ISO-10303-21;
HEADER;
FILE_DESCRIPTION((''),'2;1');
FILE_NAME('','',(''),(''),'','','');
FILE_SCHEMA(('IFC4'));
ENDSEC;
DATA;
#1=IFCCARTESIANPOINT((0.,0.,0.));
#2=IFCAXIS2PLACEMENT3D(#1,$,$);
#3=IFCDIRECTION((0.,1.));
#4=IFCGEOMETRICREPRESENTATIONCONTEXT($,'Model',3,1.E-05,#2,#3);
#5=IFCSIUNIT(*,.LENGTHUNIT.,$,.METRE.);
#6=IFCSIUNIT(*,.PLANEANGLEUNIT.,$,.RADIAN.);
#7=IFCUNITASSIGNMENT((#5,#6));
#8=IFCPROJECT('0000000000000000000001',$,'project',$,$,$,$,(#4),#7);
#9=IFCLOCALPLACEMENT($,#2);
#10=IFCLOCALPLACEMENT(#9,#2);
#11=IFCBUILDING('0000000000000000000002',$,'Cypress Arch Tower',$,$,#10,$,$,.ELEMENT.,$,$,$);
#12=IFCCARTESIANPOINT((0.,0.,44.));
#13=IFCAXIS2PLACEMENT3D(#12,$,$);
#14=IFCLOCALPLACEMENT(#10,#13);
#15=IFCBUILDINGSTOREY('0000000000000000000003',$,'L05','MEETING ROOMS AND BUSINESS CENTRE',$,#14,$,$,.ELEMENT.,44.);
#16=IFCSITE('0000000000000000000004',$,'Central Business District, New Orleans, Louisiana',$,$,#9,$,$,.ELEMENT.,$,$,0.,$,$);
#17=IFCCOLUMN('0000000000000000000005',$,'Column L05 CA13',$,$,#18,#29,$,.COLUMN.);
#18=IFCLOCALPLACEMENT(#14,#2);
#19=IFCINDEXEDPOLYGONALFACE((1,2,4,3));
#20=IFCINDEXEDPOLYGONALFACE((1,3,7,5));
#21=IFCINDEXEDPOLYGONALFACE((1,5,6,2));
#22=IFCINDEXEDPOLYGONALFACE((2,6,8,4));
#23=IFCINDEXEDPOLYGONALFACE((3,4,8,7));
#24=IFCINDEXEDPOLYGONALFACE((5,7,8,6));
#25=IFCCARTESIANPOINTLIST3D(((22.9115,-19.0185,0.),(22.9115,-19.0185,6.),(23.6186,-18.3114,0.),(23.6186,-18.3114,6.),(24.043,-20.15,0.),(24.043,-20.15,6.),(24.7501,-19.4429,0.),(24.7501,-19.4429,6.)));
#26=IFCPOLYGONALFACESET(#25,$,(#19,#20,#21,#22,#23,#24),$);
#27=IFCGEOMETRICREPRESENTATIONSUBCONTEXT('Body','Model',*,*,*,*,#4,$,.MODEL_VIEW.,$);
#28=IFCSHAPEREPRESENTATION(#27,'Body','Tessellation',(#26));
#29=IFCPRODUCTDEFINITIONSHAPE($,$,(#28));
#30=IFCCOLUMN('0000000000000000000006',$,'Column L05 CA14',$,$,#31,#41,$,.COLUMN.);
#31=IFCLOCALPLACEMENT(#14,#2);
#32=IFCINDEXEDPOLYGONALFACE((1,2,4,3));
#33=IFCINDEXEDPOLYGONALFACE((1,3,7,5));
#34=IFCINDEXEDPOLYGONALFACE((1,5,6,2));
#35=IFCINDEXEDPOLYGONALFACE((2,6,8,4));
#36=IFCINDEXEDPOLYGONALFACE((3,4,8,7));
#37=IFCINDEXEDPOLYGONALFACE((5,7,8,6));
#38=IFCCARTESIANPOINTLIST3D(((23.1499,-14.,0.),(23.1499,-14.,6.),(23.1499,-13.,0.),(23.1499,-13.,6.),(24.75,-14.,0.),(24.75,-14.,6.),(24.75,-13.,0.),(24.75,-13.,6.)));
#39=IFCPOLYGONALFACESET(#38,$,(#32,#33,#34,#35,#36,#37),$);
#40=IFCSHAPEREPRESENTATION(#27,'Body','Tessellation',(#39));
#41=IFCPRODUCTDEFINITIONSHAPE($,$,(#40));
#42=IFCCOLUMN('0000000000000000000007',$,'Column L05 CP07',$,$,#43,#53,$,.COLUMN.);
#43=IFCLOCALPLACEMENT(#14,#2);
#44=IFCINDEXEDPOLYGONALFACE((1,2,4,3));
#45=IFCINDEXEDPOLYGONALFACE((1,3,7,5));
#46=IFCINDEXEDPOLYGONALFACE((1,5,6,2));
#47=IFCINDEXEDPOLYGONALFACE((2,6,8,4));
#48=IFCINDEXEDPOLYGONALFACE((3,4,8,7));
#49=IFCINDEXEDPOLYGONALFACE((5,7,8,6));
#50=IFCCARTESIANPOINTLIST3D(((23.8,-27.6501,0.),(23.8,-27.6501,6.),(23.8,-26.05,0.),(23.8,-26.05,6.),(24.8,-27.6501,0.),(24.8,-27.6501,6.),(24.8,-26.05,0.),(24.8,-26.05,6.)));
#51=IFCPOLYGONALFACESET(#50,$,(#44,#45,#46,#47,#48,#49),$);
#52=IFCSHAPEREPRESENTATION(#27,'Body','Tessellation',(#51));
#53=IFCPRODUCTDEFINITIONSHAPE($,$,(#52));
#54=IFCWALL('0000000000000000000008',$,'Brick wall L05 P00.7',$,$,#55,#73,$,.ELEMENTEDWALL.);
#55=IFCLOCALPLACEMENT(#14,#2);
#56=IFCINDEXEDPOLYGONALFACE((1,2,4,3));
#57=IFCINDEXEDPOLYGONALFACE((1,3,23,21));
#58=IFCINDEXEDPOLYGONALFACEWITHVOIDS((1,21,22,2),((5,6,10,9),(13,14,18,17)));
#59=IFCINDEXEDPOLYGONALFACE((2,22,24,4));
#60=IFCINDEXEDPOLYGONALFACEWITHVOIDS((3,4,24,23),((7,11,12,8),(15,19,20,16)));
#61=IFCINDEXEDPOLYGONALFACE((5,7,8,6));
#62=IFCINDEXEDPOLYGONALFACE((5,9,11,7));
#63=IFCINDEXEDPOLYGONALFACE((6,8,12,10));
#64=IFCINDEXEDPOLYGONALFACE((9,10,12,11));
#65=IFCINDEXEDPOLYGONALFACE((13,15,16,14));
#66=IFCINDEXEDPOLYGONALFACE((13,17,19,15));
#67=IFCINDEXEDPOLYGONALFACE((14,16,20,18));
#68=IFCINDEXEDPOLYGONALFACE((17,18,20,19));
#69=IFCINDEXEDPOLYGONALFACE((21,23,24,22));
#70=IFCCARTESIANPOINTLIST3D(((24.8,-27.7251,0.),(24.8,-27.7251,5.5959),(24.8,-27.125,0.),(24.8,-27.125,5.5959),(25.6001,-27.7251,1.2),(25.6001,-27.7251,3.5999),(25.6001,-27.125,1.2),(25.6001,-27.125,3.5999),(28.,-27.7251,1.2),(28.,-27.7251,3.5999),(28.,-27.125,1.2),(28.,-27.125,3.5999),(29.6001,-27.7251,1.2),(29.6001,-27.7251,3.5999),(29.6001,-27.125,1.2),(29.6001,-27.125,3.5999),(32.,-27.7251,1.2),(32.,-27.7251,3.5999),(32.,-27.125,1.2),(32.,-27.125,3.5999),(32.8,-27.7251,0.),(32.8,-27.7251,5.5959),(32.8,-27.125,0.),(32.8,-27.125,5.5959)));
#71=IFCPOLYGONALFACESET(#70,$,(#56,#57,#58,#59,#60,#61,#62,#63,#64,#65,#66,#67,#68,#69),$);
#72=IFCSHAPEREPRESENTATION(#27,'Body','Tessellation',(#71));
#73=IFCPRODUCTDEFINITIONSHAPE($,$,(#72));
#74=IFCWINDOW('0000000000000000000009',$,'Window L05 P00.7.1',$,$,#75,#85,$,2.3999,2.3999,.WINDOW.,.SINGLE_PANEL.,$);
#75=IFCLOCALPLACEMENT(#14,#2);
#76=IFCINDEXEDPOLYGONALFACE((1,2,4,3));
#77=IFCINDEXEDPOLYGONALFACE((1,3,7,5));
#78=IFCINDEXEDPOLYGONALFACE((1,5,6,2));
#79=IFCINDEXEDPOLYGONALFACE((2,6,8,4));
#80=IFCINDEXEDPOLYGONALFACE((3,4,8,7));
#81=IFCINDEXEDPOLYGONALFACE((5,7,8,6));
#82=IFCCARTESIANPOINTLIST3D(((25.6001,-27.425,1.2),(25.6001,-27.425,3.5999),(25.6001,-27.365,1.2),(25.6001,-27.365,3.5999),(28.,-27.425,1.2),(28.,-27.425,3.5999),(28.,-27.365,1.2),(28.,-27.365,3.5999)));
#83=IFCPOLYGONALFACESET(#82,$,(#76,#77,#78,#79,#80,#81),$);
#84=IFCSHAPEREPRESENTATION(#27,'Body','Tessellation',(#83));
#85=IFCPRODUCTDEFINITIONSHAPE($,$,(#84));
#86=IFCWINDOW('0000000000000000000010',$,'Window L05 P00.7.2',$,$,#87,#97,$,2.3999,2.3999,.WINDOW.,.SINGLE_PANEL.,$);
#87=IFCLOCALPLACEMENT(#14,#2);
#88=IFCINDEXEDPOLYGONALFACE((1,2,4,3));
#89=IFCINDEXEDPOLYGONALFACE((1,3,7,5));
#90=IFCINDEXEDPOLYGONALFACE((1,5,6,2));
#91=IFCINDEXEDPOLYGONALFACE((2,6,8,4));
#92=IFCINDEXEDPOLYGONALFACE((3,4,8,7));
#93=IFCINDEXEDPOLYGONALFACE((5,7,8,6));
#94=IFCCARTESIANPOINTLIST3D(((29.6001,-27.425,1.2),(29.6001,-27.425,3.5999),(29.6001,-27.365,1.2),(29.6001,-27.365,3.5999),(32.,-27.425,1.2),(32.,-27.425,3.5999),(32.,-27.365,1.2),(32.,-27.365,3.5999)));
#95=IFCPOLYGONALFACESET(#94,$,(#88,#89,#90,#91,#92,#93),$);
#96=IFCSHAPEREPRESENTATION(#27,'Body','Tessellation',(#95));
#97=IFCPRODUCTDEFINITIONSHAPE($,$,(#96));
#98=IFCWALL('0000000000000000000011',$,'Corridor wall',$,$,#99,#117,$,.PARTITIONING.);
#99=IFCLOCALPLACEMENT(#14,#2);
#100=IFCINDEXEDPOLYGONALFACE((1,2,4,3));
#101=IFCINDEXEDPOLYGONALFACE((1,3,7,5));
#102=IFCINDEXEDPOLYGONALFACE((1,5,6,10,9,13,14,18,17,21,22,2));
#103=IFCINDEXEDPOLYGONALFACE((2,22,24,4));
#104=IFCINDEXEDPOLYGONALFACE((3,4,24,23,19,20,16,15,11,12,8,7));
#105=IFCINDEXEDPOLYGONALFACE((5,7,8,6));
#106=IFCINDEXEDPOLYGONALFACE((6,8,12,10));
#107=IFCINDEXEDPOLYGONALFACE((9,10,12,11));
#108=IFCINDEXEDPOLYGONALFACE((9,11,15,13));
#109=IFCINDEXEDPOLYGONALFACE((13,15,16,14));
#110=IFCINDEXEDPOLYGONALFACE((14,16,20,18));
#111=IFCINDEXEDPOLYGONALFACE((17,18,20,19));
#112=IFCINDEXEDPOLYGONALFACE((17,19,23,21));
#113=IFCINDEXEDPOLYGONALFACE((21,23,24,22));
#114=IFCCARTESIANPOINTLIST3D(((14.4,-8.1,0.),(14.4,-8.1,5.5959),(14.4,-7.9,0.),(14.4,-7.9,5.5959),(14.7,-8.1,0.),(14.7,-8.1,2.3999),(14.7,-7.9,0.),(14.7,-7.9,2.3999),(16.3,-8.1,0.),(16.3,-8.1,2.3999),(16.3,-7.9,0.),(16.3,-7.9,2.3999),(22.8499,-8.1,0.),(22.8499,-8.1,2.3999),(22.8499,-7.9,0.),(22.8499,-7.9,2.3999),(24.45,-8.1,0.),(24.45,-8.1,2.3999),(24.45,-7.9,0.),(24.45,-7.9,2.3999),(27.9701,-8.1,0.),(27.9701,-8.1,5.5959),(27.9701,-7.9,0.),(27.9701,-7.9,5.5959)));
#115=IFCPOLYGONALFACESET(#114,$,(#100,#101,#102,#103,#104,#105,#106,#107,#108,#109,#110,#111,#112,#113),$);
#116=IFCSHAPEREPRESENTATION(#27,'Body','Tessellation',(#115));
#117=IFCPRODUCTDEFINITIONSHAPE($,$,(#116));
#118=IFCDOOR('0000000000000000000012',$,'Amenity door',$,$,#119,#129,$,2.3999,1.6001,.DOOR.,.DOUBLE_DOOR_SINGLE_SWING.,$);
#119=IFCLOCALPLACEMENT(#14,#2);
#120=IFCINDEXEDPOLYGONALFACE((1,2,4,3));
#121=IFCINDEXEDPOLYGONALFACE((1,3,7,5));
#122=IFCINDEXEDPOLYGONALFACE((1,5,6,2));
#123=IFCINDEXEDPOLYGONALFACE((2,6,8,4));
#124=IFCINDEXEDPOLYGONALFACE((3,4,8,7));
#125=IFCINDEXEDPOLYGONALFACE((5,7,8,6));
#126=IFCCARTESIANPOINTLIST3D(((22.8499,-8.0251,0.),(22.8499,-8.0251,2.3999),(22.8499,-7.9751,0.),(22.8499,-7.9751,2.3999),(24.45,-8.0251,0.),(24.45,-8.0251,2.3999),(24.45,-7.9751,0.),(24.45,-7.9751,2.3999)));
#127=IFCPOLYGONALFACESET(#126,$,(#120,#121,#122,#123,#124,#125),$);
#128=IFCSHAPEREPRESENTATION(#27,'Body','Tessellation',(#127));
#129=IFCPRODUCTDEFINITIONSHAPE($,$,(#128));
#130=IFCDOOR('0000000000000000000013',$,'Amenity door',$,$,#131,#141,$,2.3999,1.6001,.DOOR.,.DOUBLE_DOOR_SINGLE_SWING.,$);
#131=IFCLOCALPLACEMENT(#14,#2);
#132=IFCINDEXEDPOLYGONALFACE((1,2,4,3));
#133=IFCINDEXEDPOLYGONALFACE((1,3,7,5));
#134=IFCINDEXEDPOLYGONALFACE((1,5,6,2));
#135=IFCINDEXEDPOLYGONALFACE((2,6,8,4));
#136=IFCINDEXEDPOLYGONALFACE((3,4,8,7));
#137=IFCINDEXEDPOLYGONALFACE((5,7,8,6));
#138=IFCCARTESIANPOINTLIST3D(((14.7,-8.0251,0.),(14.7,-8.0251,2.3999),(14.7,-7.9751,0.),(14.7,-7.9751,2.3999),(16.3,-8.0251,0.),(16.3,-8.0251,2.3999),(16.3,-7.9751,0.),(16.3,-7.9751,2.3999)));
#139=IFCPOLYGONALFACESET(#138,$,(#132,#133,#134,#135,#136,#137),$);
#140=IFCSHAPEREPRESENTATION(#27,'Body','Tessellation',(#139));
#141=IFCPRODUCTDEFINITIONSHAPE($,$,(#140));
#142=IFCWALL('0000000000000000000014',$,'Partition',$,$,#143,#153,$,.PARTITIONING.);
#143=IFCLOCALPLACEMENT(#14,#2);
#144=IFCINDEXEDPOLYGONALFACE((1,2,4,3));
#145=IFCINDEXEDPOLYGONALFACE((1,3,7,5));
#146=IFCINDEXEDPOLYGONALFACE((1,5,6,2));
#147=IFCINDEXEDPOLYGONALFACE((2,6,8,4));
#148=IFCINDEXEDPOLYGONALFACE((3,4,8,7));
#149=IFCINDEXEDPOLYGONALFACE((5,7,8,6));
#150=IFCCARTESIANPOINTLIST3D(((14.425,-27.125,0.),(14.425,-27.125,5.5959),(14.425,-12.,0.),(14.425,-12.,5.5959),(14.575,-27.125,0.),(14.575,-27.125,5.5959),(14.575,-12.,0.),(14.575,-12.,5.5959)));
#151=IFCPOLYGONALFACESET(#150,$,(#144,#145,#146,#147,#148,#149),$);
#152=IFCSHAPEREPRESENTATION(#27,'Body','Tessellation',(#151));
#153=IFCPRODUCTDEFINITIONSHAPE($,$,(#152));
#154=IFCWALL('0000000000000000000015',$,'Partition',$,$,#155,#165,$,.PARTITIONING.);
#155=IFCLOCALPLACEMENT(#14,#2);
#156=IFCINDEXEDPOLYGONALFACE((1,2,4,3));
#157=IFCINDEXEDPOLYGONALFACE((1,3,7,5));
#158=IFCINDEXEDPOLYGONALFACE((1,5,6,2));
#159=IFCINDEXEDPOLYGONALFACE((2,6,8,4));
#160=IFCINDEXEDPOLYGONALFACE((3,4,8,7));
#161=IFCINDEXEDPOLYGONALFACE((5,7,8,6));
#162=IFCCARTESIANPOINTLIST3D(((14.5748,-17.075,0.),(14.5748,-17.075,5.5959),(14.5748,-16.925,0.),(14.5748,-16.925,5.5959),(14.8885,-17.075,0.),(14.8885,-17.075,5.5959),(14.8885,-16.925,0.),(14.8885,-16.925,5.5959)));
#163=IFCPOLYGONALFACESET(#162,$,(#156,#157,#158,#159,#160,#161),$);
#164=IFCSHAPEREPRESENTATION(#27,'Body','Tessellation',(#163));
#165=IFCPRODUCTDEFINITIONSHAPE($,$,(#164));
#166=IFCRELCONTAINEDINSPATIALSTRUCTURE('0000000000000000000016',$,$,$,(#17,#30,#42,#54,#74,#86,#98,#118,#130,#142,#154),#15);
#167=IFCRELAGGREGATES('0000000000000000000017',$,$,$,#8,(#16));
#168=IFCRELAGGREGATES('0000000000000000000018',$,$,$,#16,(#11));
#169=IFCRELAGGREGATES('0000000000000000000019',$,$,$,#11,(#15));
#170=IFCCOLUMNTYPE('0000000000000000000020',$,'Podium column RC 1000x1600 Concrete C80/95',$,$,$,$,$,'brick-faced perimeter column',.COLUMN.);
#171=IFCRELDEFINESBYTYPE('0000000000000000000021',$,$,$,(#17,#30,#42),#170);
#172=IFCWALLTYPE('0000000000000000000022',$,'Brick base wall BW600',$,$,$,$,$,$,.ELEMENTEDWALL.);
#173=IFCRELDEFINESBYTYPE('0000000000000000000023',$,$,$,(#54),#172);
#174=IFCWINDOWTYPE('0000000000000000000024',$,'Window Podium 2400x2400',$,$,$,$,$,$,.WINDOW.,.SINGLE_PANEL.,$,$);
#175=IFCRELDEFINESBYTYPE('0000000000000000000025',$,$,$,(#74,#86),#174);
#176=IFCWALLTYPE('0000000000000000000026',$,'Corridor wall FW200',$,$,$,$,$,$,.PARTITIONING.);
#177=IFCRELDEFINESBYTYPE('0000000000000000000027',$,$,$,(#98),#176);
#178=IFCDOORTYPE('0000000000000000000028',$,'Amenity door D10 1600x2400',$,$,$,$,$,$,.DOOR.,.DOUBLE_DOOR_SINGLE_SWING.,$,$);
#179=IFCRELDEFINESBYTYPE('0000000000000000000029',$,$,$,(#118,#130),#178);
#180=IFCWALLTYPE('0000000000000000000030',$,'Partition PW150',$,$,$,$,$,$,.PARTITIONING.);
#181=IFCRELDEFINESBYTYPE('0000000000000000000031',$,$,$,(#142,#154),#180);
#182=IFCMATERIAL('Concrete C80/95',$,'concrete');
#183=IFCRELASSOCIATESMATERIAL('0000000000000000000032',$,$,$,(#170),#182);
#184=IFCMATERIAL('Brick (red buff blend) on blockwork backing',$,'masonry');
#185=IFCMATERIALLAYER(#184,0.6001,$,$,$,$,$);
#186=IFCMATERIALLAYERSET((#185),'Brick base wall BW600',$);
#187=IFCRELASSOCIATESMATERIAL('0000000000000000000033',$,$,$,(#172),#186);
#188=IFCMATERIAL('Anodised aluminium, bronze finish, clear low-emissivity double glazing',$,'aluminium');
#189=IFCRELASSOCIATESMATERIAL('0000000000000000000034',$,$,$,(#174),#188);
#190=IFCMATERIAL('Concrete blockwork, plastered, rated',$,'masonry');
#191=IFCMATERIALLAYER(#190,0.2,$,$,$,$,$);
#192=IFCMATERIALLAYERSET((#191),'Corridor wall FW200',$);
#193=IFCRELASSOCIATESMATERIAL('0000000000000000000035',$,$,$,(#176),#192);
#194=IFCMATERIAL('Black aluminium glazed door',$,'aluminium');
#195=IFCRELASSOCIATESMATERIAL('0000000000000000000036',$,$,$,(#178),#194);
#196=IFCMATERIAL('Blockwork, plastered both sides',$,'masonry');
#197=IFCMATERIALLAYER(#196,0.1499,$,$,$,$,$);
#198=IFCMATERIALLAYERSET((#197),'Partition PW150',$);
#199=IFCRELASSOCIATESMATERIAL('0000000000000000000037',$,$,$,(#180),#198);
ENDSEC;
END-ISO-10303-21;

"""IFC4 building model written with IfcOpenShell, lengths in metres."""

from ifc_helpers import new_model, si_unit, direction, frame, frame_2d, origin, origin_2d, place, context, subcontext, project, spatial, rectangle, extrude, material, layer, layer_set, material_profile, profile_set, type_object, element, fill, save


model = new_model("IFC4")

# Units and contexts
model_context = context("Model", 3, precision=1e-05, world=origin(), true_north=direction((0.0, 1.0)))
body_context = subcontext(model_context, "Body", "Model", "MODEL_VIEW")
ifc_project = project(units=[si_unit("LENGTHUNIT", "METRE"), si_unit("PLANEANGLEUNIT", "RADIAN")], contexts=[model_context])

# Site, building, storey
site_placement = place(None, origin())
site = spatial("IfcSite", under=ifc_project, at=site_placement, Name="Central Business District, New Orleans, Louisiana", CompositionType="ELEMENT", RefElevation=0.0)
building_placement = place(site_placement, origin())
building = spatial("IfcBuilding", under=site, at=building_placement, Name="Cypress Arch Tower", CompositionType="ELEMENT")
storey_placement = place(building_placement, frame((0.0, 0.0, 44.0)))
storey = spatial("IfcBuildingStorey", under=building, at=storey_placement, Name="L05", Description="MEETING ROOMS AND BUSINESS CENTRE", CompositionType="ELEMENT", Elevation=44.0)

# Columns
ifc_material_1 = material(Name="Concrete C80/95", Category="concrete")
ifc_material_profile_1 = material_profile(ifc_material_1, rectangle(XDim=1.0, YDim=1.6001, at=origin_2d()), Name="RC 1000x1600")
ifc_profile_set_1 = profile_set([ifc_material_profile_1], Name="Concrete C80/95")
column_type_1 = type_object("IfcColumnType", Name="Podium column RC 1000x1600 Concrete C80/95", ElementType="brick-faced perimeter column", PredefinedType="COLUMN", material=ifc_profile_set_1)
for number, where, z_axis, x_axis, name in (
    (1, (23.8308, -19.2307, 0.0), (0.0, 0.0, 1.0), (0.707107, 0.707107, 0.0), "Column L05 CA13"),
    (2, (23.95, -13.5, 0.0), (0.0, 0.0, 1.0), (0.0, 1.0, 0.0), "Column L05 CA14"),
    (3, (24.3, -26.8501, 0.0), (0.0, 0.0, 1.0), (1.0, 0.0, 0.0), "Column L05 CP07"),
):
    element("IfcColumn", number, at=place(storey_placement, frame(where, z_axis=z_axis, x_axis=x_axis)), inside=storey, type_object=column_type_1, Name=name, PredefinedType="COLUMN", context=body_context, shape_type="SweptSolid", body=[
        extrude(rectangle(XDim=1.0, YDim=1.6001, at=origin_2d()), origin(), (0.0, 0.0, 1.0), 6.0),
    ])

# Wall, openings, windows
ifc_material_2 = material(Name="Brick (red buff blend) on blockwork backing", Category="masonry")
ifc_layer_1 = layer(ifc_material_2, 0.6001)
ifc_layer_set_1 = layer_set([ifc_layer_1], Name="Brick base wall BW600")
wall_type_1 = type_object("IfcWallType", Name="Brick base wall BW600", PredefinedType="ELEMENTEDWALL", material=ifc_layer_set_1)
wall_1_placement = place(storey_placement, frame((24.8, -27.425, 0.0), z_axis=(0.0, 0.0, 1.0), x_axis=(1.0, 0.0, 0.0)))
wall_1 = element("IfcWall", 4, at=wall_1_placement, inside=storey, type_object=wall_type_1, Name="Brick wall L05 P00.7", PredefinedType="ELEMENTEDWALL", context=body_context, shape_type="SweptSolid", body=[
    extrude(rectangle(XDim=8.0, YDim=0.6001, at=frame_2d((4.0, 0.0))), origin(), (0.0, 0.0, 1.0), 5.5959),
])
opening_1_placement = place(wall_1_placement, frame((0.8, 0.0, 1.2)))
opening_1 = element("IfcOpeningElement", 5, at=opening_1_placement, cuts=wall_1, PredefinedType="OPENING", context=body_context, shape_type="SweptSolid", body=[
    extrude(rectangle(XDim=2.3999, YDim=2.3999, at=frame_2d((1.2, 1.2))), frame((0.0, 0.3101, 0.0), z_axis=(0.0, -1.0, 0.0), x_axis=(1.0, 0.0, 0.0)), (0.0, 0.0, 1.0), 0.6201),
])
opening_2_placement = place(wall_1_placement, frame((4.8, 0.0, 1.2)))
opening_2 = element("IfcOpeningElement", 6, at=opening_2_placement, cuts=wall_1, PredefinedType="OPENING", context=body_context, shape_type="SweptSolid", body=[
    extrude(rectangle(XDim=2.3999, YDim=2.3999, at=frame_2d((1.2, 1.2))), frame((0.0, 0.3101, 0.0), z_axis=(0.0, -1.0, 0.0), x_axis=(1.0, 0.0, 0.0)), (0.0, 0.0, 1.0), 0.6201),
])
ifc_material_3 = material(Name="Anodised aluminium, bronze finish, clear low-emissivity double glazing", Category="aluminium")
window_type = type_object("IfcWindowType", Name="Window Podium 2400x2400", PartitioningType="SINGLE_PANEL", PredefinedType="WINDOW", material=ifc_material_3)
window_1_placement = place(opening_1_placement, origin())
window_1 = element("IfcWindow", 7, at=window_1_placement, inside=storey, type_object=window_type, Name="Window L05 P00.7.1", OverallHeight=2.3999, OverallWidth=2.3999, PartitioningType="SINGLE_PANEL", PredefinedType="WINDOW", context=body_context, shape_type="SweptSolid", body=[
    extrude(rectangle(XDim=2.3999, YDim=2.3999, at=frame_2d((1.2, 1.2))), frame((0.0, 0.0601, 0.0), z_axis=(0.0, -1.0, 0.0), x_axis=(1.0, 0.0, 0.0)), (0.0, 0.0, 1.0), 0.0601),
])
fill(opening_1, window_1)
window_2_placement = place(opening_2_placement, origin())
window_2 = element("IfcWindow", 8, at=window_2_placement, inside=storey, type_object=window_type, Name="Window L05 P00.7.2", OverallHeight=2.3999, OverallWidth=2.3999, PartitioningType="SINGLE_PANEL", PredefinedType="WINDOW", context=body_context, shape_type="SweptSolid", body=[
    extrude(rectangle(XDim=2.3999, YDim=2.3999, at=frame_2d((1.2, 1.2))), frame((0.0, 0.0601, 0.0), z_axis=(0.0, -1.0, 0.0), x_axis=(1.0, 0.0, 0.0)), (0.0, 0.0, 1.0), 0.0601),
])
fill(opening_2, window_2)

# Shared definitions
ifc_material_4 = material(Name="Concrete blockwork, plastered, rated", Category="masonry")
ifc_layer_2 = layer(ifc_material_4, 0.2)
ifc_layer_set_2 = layer_set([ifc_layer_2], Name="Corridor wall FW200")
wall_type_2 = type_object("IfcWallType", Name="Corridor wall FW200", PredefinedType="PARTITIONING", material=ifc_layer_set_2)
ifc_material_5 = material(Name="Black aluminium glazed door", Category="aluminium")
door_type_1 = type_object("IfcDoorType", Name="Amenity door D10 1600x2400", OperationType="DOUBLE_DOOR_SINGLE_SWING", PredefinedType="DOOR", material=ifc_material_5)

# Wall, openings, doors
wall_2_placement = place(storey_placement, frame((14.3999, -8.0, 0.0), z_axis=(0.0, 0.0, 1.0), x_axis=(1.0, 0.0, 0.0)))
wall_2 = element("IfcWall", 9, at=wall_2_placement, inside=storey, type_object=wall_type_2, Name="Corridor wall", PredefinedType="PARTITIONING", context=body_context, shape_type="SweptSolid", body=[
    extrude(rectangle(XDim=13.5701, YDim=0.2, at=frame_2d((6.7852, 0.0))), origin(), (0.0, 0.0, 1.0), 5.5959),
])
opening_3_placement = place(wall_2_placement, frame((8.45, 0.0, 0.0)))
opening_3 = element("IfcOpeningElement", 10, at=opening_3_placement, cuts=wall_2, PredefinedType="OPENING", context=body_context, shape_type="SweptSolid", body=[
    extrude(rectangle(XDim=1.6001, YDim=2.3999, at=frame_2d((0.8, 1.2))), frame((0.0, 0.1099, 0.0), z_axis=(0.0, -1.0, 0.0), x_axis=(1.0, 0.0, 0.0)), (0.0, 0.0, 1.0), 0.22),
])
opening_4_placement = place(wall_2_placement, frame((0.3, 0.0, 0.0)))
opening_4 = element("IfcOpeningElement", 11, at=opening_4_placement, cuts=wall_2, PredefinedType="OPENING", context=body_context, shape_type="SweptSolid", body=[
    extrude(rectangle(XDim=1.6001, YDim=2.3999, at=frame_2d((0.8, 1.2))), frame((0.0, 0.1099, 0.0), z_axis=(0.0, -1.0, 0.0), x_axis=(1.0, 0.0, 0.0)), (0.0, 0.0, 1.0), 0.22),
])
door_1_placement = place(opening_3_placement, origin())
door_1 = element("IfcDoor", 12, at=door_1_placement, inside=storey, type_object=door_type_1, Name="Amenity door", OperationType="DOUBLE_DOOR_SINGLE_SWING", OverallHeight=2.3999, OverallWidth=1.6001, PredefinedType="DOOR", context=body_context, shape_type="SweptSolid", body=[
    extrude(rectangle(XDim=1.6001, YDim=2.3999, at=frame_2d((0.8, 1.2))), frame((0.0, 0.0249, 0.0), z_axis=(0.0, -1.0, 0.0), x_axis=(1.0, 0.0, 0.0)), (0.0, 0.0, 1.0), 0.05),
])
fill(opening_3, door_1)
door_2_placement = place(opening_4_placement, origin())
door_2 = element("IfcDoor", 13, at=door_2_placement, inside=storey, type_object=door_type_1, Name="Amenity door", OperationType="DOUBLE_DOOR_SINGLE_SWING", OverallHeight=2.3999, OverallWidth=1.6001, PredefinedType="DOOR", context=body_context, shape_type="SweptSolid", body=[
    extrude(rectangle(XDim=1.6001, YDim=2.3999, at=frame_2d((0.8, 1.2))), frame((0.0, 0.0249, 0.0), z_axis=(0.0, -1.0, 0.0), x_axis=(1.0, 0.0, 0.0)), (0.0, 0.0, 1.0), 0.05),
])
fill(opening_4, door_2)

# Walls
ifc_material_6 = material(Name="Blockwork, plastered both sides", Category="masonry")
ifc_layer_3 = layer(ifc_material_6, 0.1499)
ifc_layer_set_3 = layer_set([ifc_layer_3], Name="Partition PW150")
wall_type_3 = type_object("IfcWallType", Name="Partition PW150", PredefinedType="PARTITIONING", material=ifc_layer_set_3)
wall_3_placement = place(storey_placement, frame((14.5, -27.125, 0.0), z_axis=(0.0, 0.0, 1.0), x_axis=(0.0, 1.0, 0.0)))
element("IfcWall", 14, at=wall_3_placement, inside=storey, type_object=wall_type_3, Name="Partition", PredefinedType="PARTITIONING", context=body_context, shape_type="SweptSolid", body=[
    extrude(rectangle(XDim=15.125, YDim=0.1499, at=frame_2d((7.5625, 0.0))), origin(), (0.0, 0.0, 1.0), 5.5959),
])
wall_4_placement = place(storey_placement, frame((14.575, -17.0, 0.0), z_axis=(0.0, 0.0, 1.0), x_axis=(1.0, 0.0, 0.0)))
element("IfcWall", 15, at=wall_4_placement, inside=storey, type_object=wall_type_3, Name="Partition", PredefinedType="PARTITIONING", context=body_context, shape_type="SweptSolid", body=[
    extrude(rectangle(XDim=0.3137, YDim=0.1499, at=frame_2d((0.1567, 0.0))), origin(), (0.0, 0.0, 1.0), 5.5959),
])

save(model, "model.ifc")
